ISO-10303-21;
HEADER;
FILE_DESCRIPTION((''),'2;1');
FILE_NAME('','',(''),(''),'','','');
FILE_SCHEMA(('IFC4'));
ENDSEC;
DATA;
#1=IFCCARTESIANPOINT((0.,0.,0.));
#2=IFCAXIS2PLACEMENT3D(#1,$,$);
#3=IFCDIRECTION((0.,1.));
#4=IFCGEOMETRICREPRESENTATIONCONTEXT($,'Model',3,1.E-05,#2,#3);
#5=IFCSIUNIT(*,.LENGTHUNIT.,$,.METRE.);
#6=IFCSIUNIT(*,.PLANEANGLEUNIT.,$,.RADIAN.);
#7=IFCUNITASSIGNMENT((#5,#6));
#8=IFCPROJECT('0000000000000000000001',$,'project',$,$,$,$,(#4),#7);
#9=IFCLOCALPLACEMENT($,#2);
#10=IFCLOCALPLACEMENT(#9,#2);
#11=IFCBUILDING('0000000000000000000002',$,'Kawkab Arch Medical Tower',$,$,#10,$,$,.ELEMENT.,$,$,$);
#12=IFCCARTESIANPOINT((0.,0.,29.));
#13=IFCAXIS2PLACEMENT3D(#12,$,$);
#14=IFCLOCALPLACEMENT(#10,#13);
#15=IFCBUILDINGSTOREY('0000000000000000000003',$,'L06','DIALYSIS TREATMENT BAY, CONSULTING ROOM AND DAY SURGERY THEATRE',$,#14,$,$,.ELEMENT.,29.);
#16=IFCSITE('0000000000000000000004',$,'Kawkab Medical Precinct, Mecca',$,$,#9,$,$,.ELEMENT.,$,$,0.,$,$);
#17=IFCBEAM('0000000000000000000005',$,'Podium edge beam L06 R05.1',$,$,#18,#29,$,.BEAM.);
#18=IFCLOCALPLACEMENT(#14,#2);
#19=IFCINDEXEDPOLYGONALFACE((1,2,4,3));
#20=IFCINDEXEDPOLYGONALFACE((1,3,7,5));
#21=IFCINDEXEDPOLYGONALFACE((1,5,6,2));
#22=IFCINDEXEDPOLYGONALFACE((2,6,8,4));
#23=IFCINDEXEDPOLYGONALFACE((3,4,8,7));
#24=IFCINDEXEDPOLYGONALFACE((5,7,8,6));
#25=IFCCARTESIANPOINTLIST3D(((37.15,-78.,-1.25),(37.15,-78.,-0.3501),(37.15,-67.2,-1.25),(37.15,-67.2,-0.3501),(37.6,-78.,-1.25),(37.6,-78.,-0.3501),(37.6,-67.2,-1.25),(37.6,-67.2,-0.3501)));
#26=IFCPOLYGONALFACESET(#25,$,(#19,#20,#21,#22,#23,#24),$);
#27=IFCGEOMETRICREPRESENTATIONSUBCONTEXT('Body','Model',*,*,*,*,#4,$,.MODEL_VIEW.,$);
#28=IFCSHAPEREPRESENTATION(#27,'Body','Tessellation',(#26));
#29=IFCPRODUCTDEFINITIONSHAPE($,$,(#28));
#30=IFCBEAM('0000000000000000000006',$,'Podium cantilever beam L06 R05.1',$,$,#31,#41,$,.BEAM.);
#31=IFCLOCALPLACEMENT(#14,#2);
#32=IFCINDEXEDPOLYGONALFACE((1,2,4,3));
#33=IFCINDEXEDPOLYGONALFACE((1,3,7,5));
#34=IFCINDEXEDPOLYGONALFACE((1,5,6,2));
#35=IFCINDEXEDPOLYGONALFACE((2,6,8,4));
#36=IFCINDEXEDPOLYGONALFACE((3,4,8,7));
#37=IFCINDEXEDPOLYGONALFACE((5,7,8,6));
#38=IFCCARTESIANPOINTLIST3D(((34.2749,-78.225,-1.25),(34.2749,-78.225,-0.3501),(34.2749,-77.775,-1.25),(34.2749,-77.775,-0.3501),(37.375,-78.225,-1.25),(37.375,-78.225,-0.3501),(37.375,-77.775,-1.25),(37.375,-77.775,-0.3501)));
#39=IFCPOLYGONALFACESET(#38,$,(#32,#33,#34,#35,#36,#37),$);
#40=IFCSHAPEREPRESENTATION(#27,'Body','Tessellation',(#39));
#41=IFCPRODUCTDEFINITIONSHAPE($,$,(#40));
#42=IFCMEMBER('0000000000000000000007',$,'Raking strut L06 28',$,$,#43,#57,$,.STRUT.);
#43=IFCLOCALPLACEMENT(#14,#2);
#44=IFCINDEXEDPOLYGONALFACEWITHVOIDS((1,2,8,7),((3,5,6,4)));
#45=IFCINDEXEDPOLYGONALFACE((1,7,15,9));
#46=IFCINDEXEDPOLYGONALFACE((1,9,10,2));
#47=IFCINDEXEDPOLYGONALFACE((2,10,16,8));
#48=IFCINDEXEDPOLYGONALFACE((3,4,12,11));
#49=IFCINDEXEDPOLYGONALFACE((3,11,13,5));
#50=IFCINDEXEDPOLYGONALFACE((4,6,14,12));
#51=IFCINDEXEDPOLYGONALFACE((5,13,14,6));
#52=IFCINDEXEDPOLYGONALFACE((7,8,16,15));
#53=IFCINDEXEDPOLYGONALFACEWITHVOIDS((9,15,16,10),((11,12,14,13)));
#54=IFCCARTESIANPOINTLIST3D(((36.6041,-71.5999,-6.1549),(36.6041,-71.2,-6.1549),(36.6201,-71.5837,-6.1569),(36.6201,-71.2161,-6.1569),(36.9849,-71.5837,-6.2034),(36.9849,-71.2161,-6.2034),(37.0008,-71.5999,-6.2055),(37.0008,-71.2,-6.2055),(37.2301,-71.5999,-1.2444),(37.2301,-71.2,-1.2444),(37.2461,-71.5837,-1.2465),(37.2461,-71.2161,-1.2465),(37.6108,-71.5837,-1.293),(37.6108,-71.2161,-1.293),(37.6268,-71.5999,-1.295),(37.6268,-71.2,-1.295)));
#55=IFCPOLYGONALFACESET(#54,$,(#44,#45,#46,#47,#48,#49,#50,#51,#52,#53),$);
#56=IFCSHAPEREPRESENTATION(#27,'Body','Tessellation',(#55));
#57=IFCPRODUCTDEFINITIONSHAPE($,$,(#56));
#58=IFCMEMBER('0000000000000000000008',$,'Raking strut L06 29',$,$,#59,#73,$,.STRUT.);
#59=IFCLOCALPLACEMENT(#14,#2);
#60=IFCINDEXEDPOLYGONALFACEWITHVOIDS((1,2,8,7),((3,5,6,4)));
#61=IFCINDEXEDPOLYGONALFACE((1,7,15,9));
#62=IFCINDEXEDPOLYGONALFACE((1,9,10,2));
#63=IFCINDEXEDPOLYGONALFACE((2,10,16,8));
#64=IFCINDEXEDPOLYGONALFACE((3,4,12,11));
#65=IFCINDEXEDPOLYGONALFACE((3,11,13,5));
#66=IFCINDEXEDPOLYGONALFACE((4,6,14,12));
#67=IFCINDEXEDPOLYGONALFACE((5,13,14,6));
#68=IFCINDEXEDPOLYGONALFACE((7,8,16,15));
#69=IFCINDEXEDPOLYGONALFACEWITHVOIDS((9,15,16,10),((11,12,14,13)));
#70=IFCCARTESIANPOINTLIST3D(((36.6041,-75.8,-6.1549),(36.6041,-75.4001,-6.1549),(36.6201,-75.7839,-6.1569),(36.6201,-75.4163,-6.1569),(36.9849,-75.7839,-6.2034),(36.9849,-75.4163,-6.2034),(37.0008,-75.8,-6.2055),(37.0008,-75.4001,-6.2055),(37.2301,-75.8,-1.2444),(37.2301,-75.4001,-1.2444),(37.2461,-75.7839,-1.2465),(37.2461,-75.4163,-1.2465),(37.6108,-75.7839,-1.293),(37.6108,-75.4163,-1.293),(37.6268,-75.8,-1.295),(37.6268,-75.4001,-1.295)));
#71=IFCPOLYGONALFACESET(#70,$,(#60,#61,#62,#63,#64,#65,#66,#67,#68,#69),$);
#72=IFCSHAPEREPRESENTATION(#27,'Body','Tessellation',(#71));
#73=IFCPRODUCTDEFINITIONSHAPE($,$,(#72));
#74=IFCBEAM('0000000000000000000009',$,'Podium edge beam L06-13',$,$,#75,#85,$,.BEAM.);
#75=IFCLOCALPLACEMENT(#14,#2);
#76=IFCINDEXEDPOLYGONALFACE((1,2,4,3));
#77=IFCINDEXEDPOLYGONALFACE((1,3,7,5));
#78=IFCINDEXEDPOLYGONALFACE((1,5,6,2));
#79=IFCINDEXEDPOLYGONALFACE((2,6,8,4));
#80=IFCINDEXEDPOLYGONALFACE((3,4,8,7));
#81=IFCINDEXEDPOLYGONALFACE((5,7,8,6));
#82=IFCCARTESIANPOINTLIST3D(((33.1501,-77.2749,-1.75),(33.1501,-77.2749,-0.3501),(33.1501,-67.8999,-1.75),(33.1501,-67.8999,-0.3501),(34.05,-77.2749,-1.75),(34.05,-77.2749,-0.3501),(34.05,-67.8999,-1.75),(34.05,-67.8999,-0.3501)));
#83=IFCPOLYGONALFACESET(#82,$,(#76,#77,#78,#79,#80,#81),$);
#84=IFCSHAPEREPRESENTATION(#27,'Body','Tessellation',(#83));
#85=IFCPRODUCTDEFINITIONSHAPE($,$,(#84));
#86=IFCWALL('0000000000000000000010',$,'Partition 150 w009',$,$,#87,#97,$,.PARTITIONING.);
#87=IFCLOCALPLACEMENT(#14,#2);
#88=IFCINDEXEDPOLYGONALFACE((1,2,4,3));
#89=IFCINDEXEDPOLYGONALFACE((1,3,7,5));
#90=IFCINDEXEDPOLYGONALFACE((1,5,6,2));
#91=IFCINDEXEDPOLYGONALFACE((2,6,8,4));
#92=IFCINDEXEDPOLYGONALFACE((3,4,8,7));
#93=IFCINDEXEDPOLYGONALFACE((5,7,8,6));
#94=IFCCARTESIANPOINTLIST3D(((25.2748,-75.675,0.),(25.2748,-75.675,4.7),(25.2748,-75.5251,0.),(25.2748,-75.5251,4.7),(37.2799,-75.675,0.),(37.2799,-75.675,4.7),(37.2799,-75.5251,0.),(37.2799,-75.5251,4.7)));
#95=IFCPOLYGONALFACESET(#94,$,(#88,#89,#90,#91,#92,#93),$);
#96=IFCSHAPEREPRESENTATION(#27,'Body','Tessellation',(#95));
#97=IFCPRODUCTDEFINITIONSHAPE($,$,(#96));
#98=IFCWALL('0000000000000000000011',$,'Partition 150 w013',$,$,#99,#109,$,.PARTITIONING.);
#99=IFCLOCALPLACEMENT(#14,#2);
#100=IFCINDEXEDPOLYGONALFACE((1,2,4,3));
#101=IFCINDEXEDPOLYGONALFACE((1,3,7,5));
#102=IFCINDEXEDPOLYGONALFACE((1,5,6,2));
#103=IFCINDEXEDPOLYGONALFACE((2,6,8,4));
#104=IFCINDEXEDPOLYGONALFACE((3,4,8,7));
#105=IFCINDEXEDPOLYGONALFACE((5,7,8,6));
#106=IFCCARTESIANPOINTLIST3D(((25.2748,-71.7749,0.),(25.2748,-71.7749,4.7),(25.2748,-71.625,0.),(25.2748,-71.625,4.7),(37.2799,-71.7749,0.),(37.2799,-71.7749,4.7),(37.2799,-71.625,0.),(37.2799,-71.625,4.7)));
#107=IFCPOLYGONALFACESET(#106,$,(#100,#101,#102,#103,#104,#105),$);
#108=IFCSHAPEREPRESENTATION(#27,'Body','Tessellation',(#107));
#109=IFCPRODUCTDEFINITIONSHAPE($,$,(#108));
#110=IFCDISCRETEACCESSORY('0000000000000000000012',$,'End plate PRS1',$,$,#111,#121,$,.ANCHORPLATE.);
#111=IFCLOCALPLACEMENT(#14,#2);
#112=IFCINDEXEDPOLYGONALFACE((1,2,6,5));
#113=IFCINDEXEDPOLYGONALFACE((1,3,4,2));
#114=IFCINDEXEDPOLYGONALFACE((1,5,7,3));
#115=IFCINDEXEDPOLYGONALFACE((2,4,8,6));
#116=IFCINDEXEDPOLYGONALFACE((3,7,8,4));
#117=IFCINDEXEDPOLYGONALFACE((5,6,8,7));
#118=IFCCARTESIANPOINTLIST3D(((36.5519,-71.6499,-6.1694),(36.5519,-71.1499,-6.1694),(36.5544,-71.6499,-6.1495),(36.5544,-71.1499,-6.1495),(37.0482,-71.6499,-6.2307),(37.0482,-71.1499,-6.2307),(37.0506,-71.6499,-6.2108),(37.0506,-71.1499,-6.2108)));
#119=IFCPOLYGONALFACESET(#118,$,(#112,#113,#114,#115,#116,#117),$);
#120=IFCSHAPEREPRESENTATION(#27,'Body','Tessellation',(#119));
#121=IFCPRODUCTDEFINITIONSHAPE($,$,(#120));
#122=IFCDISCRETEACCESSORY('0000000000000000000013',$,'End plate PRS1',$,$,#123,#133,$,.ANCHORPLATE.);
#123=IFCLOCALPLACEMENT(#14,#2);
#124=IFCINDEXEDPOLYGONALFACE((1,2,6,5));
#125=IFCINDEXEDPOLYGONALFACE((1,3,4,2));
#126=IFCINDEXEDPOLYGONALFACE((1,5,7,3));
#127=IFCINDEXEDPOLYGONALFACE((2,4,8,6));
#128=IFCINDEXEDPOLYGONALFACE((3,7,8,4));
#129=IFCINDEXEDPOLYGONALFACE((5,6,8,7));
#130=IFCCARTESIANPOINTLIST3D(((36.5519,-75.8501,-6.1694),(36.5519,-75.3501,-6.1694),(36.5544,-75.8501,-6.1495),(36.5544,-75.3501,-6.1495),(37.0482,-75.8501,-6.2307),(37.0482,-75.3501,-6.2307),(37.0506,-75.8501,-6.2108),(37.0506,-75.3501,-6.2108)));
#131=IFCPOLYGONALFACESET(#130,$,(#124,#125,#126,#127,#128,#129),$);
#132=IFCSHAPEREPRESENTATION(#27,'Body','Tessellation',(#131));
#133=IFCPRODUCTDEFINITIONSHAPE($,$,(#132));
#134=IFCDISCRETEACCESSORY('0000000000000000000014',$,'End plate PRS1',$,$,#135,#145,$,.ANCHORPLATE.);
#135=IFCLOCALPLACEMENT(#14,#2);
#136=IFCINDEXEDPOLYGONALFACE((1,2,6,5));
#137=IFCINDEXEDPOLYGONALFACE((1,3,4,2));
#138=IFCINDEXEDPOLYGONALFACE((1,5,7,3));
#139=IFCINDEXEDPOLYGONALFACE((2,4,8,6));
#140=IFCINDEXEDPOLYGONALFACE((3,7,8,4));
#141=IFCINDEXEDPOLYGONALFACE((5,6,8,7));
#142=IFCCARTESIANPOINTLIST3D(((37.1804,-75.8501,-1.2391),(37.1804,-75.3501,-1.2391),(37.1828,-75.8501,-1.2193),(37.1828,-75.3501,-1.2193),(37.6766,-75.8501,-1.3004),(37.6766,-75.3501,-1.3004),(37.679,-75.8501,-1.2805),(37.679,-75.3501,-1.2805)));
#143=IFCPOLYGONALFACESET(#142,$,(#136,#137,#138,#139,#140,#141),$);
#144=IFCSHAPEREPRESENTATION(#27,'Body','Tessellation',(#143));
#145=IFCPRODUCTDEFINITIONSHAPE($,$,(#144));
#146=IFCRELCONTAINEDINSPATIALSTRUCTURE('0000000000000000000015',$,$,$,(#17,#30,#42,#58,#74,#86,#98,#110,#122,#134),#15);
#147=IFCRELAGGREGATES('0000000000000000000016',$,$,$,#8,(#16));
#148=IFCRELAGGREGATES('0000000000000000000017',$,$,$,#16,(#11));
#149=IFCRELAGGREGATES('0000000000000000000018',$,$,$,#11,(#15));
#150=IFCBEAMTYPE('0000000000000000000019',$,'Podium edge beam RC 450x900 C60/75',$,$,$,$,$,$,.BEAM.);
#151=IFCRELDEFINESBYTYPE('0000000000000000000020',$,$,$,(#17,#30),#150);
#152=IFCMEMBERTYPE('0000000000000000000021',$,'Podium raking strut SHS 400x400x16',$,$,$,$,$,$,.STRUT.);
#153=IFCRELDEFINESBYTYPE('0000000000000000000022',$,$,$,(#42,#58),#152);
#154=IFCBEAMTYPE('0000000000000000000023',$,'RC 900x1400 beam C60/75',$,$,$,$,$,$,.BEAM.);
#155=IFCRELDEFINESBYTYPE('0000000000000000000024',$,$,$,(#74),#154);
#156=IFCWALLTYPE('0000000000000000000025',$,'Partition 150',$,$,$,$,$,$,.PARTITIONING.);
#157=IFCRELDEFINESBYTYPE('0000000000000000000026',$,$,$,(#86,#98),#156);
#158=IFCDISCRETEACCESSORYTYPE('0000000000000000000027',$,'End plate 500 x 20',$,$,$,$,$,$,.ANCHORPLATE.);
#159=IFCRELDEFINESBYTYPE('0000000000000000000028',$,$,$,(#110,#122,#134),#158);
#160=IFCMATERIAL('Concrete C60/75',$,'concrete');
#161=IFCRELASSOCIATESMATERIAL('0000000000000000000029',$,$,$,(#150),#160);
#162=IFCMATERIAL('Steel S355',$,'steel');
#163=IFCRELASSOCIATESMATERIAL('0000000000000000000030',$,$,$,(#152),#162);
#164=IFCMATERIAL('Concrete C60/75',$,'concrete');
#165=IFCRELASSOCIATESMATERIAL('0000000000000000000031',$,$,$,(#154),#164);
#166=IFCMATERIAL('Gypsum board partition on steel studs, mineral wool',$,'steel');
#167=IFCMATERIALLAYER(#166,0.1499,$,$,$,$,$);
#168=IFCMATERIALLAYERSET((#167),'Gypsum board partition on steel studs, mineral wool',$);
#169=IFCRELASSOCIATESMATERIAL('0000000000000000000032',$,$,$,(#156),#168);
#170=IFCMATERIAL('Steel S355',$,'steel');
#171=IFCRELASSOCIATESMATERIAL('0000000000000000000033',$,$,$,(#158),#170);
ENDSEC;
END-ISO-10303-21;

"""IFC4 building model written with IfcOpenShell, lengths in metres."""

from ifc_helpers import new_model, si_unit, direction, frame, frame_2d, origin, origin_2d, place, context, subcontext, project, spatial, rectangle, hollow_rectangle, extrude, material, layer, layer_set, material_profile, profile_set, type_object, element, save


model = new_model("IFC4")

# Units and contexts
model_context = context("Model", 3, precision=1e-05, world=origin(), true_north=direction((0.0, 1.0)))
body_context = subcontext(model_context, "Body", "Model", "MODEL_VIEW")
ifc_project = project(units=[si_unit("LENGTHUNIT", "METRE"), si_unit("PLANEANGLEUNIT", "RADIAN")], contexts=[model_context])

# Site, building, storey
site_placement = place(None, origin())
site = spatial("IfcSite", under=ifc_project, at=site_placement, Name="Kawkab Medical Precinct, Mecca", CompositionType="ELEMENT", RefElevation=0.0)
building_placement = place(site_placement, origin())
building = spatial("IfcBuilding", under=site, at=building_placement, Name="Kawkab Arch Medical Tower", CompositionType="ELEMENT")
storey_placement = place(building_placement, frame((0.0, 0.0, 29.0)))
storey = spatial("IfcBuildingStorey", under=building, at=storey_placement, Name="L06", Description="DIALYSIS TREATMENT BAY, CONSULTING ROOM AND DAY SURGERY THEATRE", CompositionType="ELEMENT", Elevation=29.0)

# Beams
ifc_material_1 = material(Name="Concrete C60/75", Category="concrete")
ifc_material_profile_1 = material_profile(ifc_material_1, rectangle(XDim=0.45, YDim=0.8999, at=origin_2d()), Name="RC 450x900")
ifc_profile_set_1 = profile_set([ifc_material_profile_1], Name="Concrete C60/75")
beam_type_1 = type_object("IfcBeamType", Name="Podium edge beam RC 450x900 C60/75", PredefinedType="BEAM", material=ifc_profile_set_1)
beam_1_placement = place(storey_placement, frame((37.375, -78.0, -0.8), z_axis=(0.0, 1.0, 0.0), x_axis=(-1.0, 0.0, 0.0)))
element("IfcBeam", 1, at=beam_1_placement, inside=storey, type_object=beam_type_1, Name="Podium edge beam L06 R05.1", PredefinedType="BEAM", context=body_context, shape_type="SweptSolid", body=[
    extrude(rectangle(XDim=0.45, YDim=0.8999, at=origin_2d()), origin(), (0.0, 0.0, 1.0), 10.8),
])
beam_2_placement = place(storey_placement, frame((34.2749, -78.0, -0.8), z_axis=(1.0, 0.0, 0.0), x_axis=(0.0, 1.0, 0.0)))
element("IfcBeam", 2, at=beam_2_placement, inside=storey, type_object=beam_type_1, Name="Podium cantilever beam L06 R05.1", PredefinedType="BEAM", context=body_context, shape_type="SweptSolid", body=[
    extrude(rectangle(XDim=0.45, YDim=0.8999, at=origin_2d()), origin(), (0.0, 0.0, 1.0), 3.1001),
])

# Members
ifc_material_2 = material(Name="Steel S355", Category="steel")
ifc_material_profile_2 = material_profile(ifc_material_2, hollow_rectangle(XDim=0.3999, YDim=0.3999, WallThickness=0.0161, at=origin_2d()), Name="SHS 400x400x16")
ifc_profile_set_2 = profile_set([ifc_material_profile_2], Name="Steel S355")
member_type = type_object("IfcMemberType", Name="Podium raking strut SHS 400x400x16", PredefinedType="STRUT", material=ifc_profile_set_2)
for number, where, z_axis, x_axis, name in (
    (3, (36.8025, -71.3999, -6.1802), (0.126456, 0.0, 0.991972), (0.0, 1.0, 0.0), "Raking strut L06 28"),
    (4, (36.8025, -75.6001, -6.1802), (0.126456, 0.0, 0.991972), (0.0, 1.0, 0.0), "Raking strut L06 29"),
):
    element("IfcMember", number, at=place(storey_placement, frame(where, z_axis=z_axis, x_axis=x_axis)), inside=storey, type_object=member_type, Name=name, PredefinedType="STRUT", context=body_context, shape_type="SweptSolid", body=[
        extrude(hollow_rectangle(XDim=0.3999, YDim=0.3999, WallThickness=0.0161, at=origin_2d()), origin(), (0.0, 0.0, 1.0), 4.9502),
    ])

# Beam
ifc_material_3 = material(Name="Concrete C60/75", Category="concrete")
ifc_material_profile_3 = material_profile(ifc_material_3, rectangle(XDim=0.8999, YDim=1.3999, at=origin_2d()), Name="RC 900x1400")
ifc_profile_set_3 = profile_set([ifc_material_profile_3], Name="Concrete C60/75")
beam_type_2 = type_object("IfcBeamType", Name="RC 900x1400 beam C60/75", PredefinedType="BEAM", material=ifc_profile_set_3)
beam_3_placement = place(storey_placement, frame((33.6001, -77.2749, -1.05), z_axis=(0.0, 1.0, 0.0), x_axis=(-1.0, 0.0, 0.0)))
element("IfcBeam", 5, at=beam_3_placement, inside=storey, type_object=beam_type_2, Name="Podium edge beam L06-13", PredefinedType="BEAM", context=body_context, shape_type="SweptSolid", body=[
    extrude(rectangle(XDim=0.8999, YDim=1.3999, at=origin_2d()), origin(), (0.0, 0.0, 1.0), 9.375),
])

# Walls
ifc_material_4 = material(Name="Gypsum board partition on steel studs, mineral wool", Category="steel")
ifc_layer = layer(ifc_material_4, 0.1499)
ifc_layer_set = layer_set([ifc_layer], Name="Gypsum board partition on steel studs, mineral wool")
wall_type = type_object("IfcWallType", Name="Partition 150", PredefinedType="PARTITIONING", material=ifc_layer_set)
for number, where, z_axis, x_axis, name in (
    (6, (25.2749, -75.6001, 0.0), (0.0, 0.0, 1.0), (1.0, 0.0, 0.0), "Partition 150 w009"),
    (7, (25.2749, -71.7, 0.0), (0.0, 0.0, 1.0), (1.0, 0.0, 0.0), "Partition 150 w013"),
):
    element("IfcWall", number, at=place(storey_placement, frame(where, z_axis=z_axis, x_axis=x_axis)), inside=storey, type_object=wall_type, Name=name, PredefinedType="PARTITIONING", context=body_context, shape_type="SweptSolid", body=[
        extrude(rectangle(XDim=12.0051, YDim=0.1499, at=frame_2d((6.0024, 0.0))), origin(), (0.0, 0.0, 1.0), 4.7),
    ])

# Discrete accessories
ifc_material_5 = material(Name="Steel S355", Category="steel")
ifc_material_profile_4 = material_profile(ifc_material_5, rectangle(XDim=0.5, YDim=0.5, at=origin_2d()), Name="End plate 500 x 20")
ifc_profile_set_4 = profile_set([ifc_material_profile_4], Name="Steel S355")
discrete_accessory_type = type_object("IfcDiscreteAccessoryType", Name="End plate 500 x 20", PredefinedType="ANCHORPLATE", material=ifc_profile_set_4)
for number, where, z_axis, x_axis, name in (
    (8, (36.8025, -71.3999, -6.1802), (-0.122527, 0.0, -0.992465), (0.0, -1.0, 0.0), "End plate PRS1"),
    (9, (36.8025, -75.6001, -6.1802), (-0.122527, 0.0, -0.992465), (0.0, -1.0, 0.0), "End plate PRS1"),
    (10, (37.4285, -75.6001, -1.2698), (0.122527, 0.0, 0.992465), (0.0, 1.0, 0.0), "End plate PRS1"),
):
    element("IfcDiscreteAccessory", number, at=place(storey_placement, frame(where, z_axis=z_axis, x_axis=x_axis)), inside=storey, type_object=discrete_accessory_type, Name=name, PredefinedType="ANCHORPLATE", context=body_context, shape_type="SweptSolid", body=[
        extrude(rectangle(XDim=0.5, YDim=0.5, at=origin_2d()), origin(), (0.0, 0.0, 1.0), 0.02),
    ])

save(model, "model.ifc")
